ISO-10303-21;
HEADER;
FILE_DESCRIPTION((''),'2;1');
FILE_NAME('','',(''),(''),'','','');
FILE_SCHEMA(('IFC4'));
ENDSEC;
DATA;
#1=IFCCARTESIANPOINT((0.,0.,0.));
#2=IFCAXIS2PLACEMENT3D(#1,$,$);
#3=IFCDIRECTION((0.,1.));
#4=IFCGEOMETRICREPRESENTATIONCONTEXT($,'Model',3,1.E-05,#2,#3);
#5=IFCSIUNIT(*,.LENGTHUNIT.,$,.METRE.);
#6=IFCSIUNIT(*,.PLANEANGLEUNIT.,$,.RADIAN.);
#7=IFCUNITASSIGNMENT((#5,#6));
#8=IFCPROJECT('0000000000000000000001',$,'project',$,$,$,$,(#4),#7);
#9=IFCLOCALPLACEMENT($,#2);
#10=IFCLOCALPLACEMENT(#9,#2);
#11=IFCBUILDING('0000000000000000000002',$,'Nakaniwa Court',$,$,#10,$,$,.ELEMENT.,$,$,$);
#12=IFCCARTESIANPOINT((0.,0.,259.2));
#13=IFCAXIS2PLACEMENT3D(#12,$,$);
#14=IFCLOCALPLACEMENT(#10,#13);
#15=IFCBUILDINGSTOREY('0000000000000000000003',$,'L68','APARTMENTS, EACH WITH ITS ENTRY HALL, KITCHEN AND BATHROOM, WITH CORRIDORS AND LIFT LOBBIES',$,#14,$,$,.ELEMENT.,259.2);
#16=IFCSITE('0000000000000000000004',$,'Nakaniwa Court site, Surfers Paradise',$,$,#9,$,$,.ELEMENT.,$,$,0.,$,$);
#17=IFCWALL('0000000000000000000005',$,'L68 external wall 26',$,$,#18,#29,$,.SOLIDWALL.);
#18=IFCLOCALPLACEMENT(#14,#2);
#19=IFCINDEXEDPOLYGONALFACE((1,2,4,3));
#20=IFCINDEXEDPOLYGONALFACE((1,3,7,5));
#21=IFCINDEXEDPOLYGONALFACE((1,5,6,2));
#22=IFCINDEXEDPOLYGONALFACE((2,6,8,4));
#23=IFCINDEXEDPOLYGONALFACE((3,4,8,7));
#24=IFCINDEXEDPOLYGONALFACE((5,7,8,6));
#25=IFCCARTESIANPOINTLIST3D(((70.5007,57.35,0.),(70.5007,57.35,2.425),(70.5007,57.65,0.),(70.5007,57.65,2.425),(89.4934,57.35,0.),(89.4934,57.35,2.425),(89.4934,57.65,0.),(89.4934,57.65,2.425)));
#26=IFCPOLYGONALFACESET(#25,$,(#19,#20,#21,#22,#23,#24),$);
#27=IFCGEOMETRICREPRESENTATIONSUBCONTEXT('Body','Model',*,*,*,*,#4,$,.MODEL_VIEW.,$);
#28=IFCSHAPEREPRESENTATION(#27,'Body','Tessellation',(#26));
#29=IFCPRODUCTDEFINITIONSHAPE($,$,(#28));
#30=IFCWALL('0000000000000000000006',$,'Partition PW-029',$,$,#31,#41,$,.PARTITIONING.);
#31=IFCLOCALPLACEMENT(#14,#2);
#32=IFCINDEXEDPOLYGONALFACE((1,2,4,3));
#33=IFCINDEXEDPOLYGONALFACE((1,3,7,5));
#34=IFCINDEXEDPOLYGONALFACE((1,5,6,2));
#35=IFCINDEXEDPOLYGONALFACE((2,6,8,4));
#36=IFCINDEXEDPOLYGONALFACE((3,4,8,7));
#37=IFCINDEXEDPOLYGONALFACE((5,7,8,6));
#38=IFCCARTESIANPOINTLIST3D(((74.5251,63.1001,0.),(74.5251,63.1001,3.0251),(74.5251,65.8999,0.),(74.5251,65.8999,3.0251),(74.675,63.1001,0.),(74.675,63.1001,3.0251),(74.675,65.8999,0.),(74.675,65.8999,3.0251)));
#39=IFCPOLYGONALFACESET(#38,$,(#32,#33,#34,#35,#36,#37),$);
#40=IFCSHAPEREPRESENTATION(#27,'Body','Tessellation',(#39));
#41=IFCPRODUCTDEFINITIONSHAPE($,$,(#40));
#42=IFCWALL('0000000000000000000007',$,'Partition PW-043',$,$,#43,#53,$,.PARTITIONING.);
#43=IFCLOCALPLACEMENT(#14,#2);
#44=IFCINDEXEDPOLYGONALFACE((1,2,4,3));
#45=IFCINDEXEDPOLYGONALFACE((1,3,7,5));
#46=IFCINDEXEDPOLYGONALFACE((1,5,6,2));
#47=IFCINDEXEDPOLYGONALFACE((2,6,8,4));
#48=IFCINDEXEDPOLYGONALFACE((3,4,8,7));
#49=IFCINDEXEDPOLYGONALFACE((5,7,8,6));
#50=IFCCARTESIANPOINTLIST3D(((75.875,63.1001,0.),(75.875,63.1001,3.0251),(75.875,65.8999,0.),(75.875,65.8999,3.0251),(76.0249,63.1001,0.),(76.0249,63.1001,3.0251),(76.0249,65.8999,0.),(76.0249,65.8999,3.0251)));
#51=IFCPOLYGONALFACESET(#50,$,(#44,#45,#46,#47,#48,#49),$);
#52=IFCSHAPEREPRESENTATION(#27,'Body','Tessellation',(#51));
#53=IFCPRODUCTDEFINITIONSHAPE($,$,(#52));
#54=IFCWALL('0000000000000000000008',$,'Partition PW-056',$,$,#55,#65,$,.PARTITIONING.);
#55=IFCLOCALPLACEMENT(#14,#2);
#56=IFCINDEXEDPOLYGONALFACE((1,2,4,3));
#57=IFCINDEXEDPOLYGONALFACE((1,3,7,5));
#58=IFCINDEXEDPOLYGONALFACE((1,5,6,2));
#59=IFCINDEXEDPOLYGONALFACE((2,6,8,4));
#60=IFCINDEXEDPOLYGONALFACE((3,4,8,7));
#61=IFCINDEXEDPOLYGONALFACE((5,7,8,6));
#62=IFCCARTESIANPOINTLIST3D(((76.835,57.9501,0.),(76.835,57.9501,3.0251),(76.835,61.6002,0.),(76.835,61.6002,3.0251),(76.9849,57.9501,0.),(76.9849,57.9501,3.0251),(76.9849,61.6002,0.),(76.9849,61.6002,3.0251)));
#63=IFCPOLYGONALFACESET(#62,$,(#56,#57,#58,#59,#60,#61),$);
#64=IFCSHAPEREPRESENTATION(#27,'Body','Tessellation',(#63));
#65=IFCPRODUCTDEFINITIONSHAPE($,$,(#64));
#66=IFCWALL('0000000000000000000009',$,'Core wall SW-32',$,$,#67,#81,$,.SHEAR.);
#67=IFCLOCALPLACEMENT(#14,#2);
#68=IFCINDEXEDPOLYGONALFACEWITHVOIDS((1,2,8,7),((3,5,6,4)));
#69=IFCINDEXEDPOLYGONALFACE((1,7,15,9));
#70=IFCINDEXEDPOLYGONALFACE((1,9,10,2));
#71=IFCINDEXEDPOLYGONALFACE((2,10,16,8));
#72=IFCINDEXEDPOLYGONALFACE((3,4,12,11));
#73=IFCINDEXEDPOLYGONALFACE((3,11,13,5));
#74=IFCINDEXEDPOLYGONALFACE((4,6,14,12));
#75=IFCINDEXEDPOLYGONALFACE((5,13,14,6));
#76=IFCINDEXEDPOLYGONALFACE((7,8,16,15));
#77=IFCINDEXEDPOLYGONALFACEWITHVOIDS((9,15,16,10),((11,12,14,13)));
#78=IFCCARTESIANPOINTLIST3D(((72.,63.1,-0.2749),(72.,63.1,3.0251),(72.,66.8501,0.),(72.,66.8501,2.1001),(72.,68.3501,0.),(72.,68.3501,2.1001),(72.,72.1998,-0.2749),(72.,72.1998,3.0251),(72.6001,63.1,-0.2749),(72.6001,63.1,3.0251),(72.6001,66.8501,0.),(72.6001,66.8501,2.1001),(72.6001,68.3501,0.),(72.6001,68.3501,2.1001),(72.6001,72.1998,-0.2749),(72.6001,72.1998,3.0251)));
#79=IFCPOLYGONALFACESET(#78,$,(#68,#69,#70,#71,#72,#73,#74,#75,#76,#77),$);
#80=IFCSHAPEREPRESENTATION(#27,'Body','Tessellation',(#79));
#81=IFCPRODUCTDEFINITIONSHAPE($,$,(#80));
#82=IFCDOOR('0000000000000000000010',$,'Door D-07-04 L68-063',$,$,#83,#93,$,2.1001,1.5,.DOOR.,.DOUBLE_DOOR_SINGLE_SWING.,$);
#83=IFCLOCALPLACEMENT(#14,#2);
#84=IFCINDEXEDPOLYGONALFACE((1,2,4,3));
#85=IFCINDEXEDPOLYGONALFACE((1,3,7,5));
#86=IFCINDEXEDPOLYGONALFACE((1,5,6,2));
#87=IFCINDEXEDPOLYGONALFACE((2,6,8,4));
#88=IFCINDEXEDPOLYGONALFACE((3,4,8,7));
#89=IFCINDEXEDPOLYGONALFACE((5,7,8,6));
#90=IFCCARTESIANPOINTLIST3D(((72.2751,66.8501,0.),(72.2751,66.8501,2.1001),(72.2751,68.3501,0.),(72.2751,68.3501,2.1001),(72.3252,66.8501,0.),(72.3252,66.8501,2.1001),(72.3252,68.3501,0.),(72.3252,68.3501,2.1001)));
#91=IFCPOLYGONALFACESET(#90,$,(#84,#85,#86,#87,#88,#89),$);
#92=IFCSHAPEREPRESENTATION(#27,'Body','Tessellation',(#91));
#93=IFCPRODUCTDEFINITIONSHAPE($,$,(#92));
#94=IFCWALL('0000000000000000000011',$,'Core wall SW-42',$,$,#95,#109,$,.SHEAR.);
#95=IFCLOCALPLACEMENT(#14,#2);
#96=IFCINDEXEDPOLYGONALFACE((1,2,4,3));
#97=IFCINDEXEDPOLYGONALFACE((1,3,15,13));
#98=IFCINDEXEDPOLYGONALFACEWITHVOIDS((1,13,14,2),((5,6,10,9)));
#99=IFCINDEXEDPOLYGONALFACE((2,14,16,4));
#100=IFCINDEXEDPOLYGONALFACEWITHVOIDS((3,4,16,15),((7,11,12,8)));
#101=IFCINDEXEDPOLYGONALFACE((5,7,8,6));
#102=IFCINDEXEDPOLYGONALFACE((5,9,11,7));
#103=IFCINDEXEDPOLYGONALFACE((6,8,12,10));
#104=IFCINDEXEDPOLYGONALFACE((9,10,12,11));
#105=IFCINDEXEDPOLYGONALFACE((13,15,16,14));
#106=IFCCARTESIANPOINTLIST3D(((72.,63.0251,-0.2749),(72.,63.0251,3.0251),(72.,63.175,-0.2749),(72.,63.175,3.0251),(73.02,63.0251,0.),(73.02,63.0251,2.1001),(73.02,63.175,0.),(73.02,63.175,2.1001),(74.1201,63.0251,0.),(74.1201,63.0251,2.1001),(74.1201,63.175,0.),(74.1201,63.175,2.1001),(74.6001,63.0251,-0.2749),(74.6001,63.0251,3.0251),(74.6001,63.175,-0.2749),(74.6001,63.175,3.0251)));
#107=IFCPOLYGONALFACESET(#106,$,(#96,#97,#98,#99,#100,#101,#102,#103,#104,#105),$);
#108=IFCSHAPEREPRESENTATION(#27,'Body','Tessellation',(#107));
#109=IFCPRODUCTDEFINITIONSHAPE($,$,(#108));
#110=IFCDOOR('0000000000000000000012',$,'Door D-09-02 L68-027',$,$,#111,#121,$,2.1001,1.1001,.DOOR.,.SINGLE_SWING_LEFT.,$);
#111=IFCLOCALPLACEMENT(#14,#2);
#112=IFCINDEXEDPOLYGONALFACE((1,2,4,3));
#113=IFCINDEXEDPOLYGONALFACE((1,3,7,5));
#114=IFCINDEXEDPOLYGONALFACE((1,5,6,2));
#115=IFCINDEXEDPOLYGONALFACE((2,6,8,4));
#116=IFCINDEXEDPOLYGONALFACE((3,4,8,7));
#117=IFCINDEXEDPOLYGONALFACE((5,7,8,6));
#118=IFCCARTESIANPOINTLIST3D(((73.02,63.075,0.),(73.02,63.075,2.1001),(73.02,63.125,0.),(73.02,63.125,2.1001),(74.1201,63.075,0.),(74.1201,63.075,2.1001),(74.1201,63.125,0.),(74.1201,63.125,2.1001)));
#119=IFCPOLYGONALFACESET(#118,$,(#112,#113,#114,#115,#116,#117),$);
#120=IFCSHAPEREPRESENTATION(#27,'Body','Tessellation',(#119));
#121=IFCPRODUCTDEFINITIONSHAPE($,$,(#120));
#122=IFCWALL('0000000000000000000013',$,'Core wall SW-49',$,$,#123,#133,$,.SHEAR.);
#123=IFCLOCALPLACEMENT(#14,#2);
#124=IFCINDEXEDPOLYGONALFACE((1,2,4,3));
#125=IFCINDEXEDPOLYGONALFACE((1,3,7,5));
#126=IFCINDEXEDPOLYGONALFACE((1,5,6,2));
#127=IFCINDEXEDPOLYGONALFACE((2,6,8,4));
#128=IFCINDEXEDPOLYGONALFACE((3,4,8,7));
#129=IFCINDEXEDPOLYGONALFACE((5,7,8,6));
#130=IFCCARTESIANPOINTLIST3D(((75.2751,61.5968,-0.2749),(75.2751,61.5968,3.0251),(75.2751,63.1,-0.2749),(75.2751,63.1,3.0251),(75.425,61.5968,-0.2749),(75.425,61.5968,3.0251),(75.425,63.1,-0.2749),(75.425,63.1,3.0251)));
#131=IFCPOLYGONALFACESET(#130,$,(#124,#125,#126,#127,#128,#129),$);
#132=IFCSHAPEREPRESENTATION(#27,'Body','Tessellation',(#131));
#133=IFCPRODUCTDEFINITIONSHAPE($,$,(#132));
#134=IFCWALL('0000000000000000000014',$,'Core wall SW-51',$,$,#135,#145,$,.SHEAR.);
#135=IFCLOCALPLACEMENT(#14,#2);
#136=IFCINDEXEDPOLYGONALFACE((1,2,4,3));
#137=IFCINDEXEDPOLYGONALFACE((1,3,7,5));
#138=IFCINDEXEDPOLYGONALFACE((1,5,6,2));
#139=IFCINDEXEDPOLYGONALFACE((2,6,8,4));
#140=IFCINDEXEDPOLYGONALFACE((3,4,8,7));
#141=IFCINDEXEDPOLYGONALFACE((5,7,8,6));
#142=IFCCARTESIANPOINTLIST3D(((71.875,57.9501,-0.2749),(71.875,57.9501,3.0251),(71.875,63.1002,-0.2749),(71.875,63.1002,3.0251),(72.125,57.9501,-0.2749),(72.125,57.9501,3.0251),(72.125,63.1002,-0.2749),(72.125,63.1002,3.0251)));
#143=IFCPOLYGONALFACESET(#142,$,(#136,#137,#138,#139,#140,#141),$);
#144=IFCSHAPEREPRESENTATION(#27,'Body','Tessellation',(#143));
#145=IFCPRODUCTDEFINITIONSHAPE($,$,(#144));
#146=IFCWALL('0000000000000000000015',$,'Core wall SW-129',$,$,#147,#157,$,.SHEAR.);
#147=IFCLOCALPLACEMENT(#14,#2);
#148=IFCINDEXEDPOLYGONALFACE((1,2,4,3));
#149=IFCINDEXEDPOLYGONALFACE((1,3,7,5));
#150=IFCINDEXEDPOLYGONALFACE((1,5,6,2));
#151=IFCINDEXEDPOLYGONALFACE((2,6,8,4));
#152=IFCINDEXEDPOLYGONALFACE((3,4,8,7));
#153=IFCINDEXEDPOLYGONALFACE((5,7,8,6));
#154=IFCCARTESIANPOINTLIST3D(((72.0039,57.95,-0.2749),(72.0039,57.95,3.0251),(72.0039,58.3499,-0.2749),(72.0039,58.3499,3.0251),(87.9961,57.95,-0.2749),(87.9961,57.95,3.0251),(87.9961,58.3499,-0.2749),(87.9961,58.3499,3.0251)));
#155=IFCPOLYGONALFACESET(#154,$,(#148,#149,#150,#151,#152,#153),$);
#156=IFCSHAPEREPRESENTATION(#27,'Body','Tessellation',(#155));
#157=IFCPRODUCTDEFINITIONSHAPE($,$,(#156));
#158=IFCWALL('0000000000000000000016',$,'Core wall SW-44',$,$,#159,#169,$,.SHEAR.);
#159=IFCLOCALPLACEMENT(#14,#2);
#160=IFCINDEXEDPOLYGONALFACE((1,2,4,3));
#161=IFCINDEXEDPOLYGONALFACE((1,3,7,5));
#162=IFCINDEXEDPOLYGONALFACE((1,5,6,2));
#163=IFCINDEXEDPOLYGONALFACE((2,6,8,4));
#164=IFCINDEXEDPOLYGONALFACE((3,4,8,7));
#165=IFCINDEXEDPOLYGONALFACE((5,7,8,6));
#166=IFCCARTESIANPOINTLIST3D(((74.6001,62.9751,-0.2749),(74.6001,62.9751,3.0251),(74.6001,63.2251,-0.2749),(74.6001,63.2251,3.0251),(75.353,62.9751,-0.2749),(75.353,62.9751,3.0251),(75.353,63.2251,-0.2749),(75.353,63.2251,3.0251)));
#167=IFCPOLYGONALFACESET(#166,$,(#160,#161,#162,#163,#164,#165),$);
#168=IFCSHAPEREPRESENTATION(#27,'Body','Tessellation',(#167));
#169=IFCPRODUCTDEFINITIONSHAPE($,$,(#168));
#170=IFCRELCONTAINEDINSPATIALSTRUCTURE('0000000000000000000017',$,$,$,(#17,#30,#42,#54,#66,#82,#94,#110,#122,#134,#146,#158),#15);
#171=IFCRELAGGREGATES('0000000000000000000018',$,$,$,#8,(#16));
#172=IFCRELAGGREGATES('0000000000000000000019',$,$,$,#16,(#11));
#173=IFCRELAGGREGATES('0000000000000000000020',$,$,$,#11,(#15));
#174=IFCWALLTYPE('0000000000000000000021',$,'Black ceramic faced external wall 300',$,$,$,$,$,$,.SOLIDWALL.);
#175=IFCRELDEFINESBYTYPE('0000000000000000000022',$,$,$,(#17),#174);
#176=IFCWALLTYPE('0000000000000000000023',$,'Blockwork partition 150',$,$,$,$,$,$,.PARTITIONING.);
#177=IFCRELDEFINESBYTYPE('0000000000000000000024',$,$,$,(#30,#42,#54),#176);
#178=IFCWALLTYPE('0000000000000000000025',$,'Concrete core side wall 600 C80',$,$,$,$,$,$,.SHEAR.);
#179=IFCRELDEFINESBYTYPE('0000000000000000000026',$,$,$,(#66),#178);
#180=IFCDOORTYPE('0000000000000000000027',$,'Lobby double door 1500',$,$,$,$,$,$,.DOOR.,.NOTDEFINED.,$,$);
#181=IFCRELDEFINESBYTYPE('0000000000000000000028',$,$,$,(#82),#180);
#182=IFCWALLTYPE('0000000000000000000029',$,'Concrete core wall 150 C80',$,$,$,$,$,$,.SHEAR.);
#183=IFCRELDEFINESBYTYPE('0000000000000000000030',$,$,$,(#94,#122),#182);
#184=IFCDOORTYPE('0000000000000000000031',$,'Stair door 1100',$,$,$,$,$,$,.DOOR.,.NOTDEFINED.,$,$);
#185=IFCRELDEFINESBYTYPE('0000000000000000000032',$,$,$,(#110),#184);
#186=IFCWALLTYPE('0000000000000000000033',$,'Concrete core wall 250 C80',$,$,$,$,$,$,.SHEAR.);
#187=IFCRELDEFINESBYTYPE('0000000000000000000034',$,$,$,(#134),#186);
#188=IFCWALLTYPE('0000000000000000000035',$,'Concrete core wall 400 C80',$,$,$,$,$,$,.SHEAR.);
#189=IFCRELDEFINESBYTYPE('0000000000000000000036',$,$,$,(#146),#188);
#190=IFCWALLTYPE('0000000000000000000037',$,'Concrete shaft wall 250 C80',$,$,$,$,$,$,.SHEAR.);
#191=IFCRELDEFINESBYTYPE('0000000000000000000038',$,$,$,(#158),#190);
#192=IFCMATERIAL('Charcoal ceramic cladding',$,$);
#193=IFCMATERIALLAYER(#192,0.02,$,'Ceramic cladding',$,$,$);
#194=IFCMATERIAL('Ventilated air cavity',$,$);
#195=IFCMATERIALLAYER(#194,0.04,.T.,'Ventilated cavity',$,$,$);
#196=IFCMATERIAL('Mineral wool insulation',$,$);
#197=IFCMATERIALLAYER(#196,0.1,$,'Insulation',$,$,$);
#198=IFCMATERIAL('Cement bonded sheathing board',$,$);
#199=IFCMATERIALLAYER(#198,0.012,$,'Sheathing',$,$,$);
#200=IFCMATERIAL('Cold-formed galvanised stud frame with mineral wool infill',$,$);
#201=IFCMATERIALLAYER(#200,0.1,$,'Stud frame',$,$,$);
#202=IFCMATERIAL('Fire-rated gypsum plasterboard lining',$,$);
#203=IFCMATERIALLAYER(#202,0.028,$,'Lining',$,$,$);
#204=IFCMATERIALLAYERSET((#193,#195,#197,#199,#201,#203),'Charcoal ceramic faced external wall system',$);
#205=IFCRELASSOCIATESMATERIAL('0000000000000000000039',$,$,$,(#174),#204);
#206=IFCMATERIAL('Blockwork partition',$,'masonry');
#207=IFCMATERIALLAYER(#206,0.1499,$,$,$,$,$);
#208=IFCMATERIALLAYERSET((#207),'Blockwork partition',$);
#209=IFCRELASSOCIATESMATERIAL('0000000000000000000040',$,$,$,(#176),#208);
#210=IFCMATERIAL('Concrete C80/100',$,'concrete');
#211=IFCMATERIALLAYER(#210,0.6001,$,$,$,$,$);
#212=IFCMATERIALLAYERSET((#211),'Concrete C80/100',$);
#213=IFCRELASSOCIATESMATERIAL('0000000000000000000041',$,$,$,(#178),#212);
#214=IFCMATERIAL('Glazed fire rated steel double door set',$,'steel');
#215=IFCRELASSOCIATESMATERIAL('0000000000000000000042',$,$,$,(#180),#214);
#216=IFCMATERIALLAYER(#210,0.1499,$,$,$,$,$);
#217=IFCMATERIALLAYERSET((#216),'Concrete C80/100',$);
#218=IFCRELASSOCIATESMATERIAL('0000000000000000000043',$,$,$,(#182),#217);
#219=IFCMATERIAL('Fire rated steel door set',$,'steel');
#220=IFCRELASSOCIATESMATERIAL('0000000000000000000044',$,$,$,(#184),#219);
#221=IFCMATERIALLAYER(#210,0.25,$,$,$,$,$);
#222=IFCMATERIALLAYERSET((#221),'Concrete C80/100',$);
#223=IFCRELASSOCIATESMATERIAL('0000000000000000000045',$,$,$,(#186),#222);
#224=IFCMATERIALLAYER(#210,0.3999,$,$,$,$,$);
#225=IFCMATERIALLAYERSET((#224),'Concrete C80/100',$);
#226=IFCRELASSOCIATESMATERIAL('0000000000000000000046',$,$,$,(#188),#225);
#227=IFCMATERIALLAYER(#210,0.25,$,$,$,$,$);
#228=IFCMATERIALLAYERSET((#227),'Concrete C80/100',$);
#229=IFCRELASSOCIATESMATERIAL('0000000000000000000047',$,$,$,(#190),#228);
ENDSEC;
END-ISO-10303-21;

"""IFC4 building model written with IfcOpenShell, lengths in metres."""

from ifc_helpers import new_model, si_unit, direction, frame, frame_2d, origin, place, context, subcontext, project, spatial, rectangle, extrude, material, layer, layer_set, type_object, element, fill, save


model = new_model("IFC4")

# Units and contexts
model_context = context("Model", 3, precision=1e-05, world=origin(), true_north=direction((0.0, 1.0)))
body_context = subcontext(model_context, "Body", "Model", "MODEL_VIEW")
ifc_project = project(units=[si_unit("LENGTHUNIT", "METRE"), si_unit("PLANEANGLEUNIT", "RADIAN")], contexts=[model_context])

# Site, building, storey
site_placement = place(None, origin())
site = spatial("IfcSite", under=ifc_project, at=site_placement, Name="Nakaniwa Court site, Surfers Paradise", CompositionType="ELEMENT", RefElevation=0.0)
building_placement = place(site_placement, origin())
building = spatial("IfcBuilding", under=site, at=building_placement, Name="Nakaniwa Court", CompositionType="ELEMENT")
storey_placement = place(building_placement, frame((0.0, 0.0, 259.2)))
storey = spatial("IfcBuildingStorey", under=building, at=storey_placement, Name="L68", Description="APARTMENTS, EACH WITH ITS ENTRY HALL, KITCHEN AND BATHROOM, WITH CORRIDORS AND LIFT LOBBIES", CompositionType="ELEMENT", Elevation=259.2)

# Walls
ifc_material_1 = material(Name="Charcoal ceramic cladding")
ifc_layer_1 = layer(ifc_material_1, 0.02, Name="Ceramic cladding")
ifc_material_2 = material(Name="Ventilated air cavity")
ifc_layer_2 = layer(ifc_material_2, 0.04, ventilated=True, Name="Ventilated cavity")
ifc_material_3 = material(Name="Mineral wool insulation")
ifc_layer_3 = layer(ifc_material_3, 0.1, Name="Insulation")
ifc_material_4 = material(Name="Cement bonded sheathing board")
ifc_layer_4 = layer(ifc_material_4, 0.012, Name="Sheathing")
ifc_material_5 = material(Name="Cold-formed galvanised stud frame with mineral wool infill")
ifc_layer_5 = layer(ifc_material_5, 0.1, Name="Stud frame")
ifc_material_6 = material(Name="Fire-rated gypsum plasterboard lining")
ifc_layer_6 = layer(ifc_material_6, 0.028, Name="Lining")
ifc_layer_set_1 = layer_set([ifc_layer_1, ifc_layer_2, ifc_layer_3, ifc_layer_4, ifc_layer_5, ifc_layer_6], Name="Charcoal ceramic faced external wall system")
wall_type_1 = type_object("IfcWallType", Name="Black ceramic faced external wall 300", PredefinedType="SOLIDWALL", material=ifc_layer_set_1)
wall_1_placement = place(storey_placement, frame((70.5007, 57.5, 0.0), z_axis=(0.0, 0.0, 1.0), x_axis=(1.0, 0.0, 0.0)))
element("IfcWall", 1, at=wall_1_placement, inside=storey, type_object=wall_type_1, Name="L68 external wall 26", PredefinedType="SOLIDWALL", context=body_context, shape_type="SweptSolid", body=[
    extrude(rectangle(XDim=18.9927, YDim=0.3, at=frame_2d((9.4963, 0.0))), origin(), (0.0, 0.0, 1.0), 2.425),
])
ifc_material_7 = material(Name="Blockwork partition", Category="masonry")
ifc_layer_7 = layer(ifc_material_7, 0.1499)
ifc_layer_set_2 = layer_set([ifc_layer_7], Name="Blockwork partition")
wall_type_2 = type_object("IfcWallType", Name="Blockwork partition 150", PredefinedType="PARTITIONING", material=ifc_layer_set_2)
for number, where, z_axis, x_axis, name in (
    (2, (74.6001, 63.1001, 0.0), (0.0, 0.0, 1.0), (0.0, 1.0, 0.0), "Partition PW-029"),
    (3, (75.95, 63.1001, 0.0), (0.0, 0.0, 1.0), (0.0, 1.0, 0.0), "Partition PW-043"),
):
    element("IfcWall", number, at=place(storey_placement, frame(where, z_axis=z_axis, x_axis=x_axis)), inside=storey, type_object=wall_type_2, Name=name, PredefinedType="PARTITIONING", context=body_context, shape_type="SweptSolid", body=[
        extrude(rectangle(XDim=2.7998, YDim=0.1499, at=frame_2d((1.3999, 0.0))), origin(), (0.0, 0.0, 1.0), 3.0251),
    ])
wall_2_placement = place(storey_placement, frame((76.9099, 57.95, 0.0), z_axis=(0.0, 0.0, 1.0), x_axis=(0.0, 1.0, 0.0)))
element("IfcWall", 4, at=wall_2_placement, inside=storey, type_object=wall_type_2, Name="Partition PW-056", PredefinedType="PARTITIONING", context=body_context, shape_type="SweptSolid", body=[
    extrude(rectangle(XDim=3.6501, YDim=0.1499, at=frame_2d((1.8252, 0.0))), origin(), (0.0, 0.0, 1.0), 3.0251),
])

# Walls, openings, doors
ifc_material_8 = material(Name="Concrete C80/100", Category="concrete")
ifc_layer_8 = layer(ifc_material_8, 0.6001)
ifc_layer_set_3 = layer_set([ifc_layer_8], Name="Concrete C80/100")
wall_type_3 = type_object("IfcWallType", Name="Concrete core side wall 600 C80", PredefinedType="SHEAR", material=ifc_layer_set_3)
wall_3_placement = place(storey_placement, frame((72.3, 63.1001, -0.2749), z_axis=(0.0, 0.0, 1.0), x_axis=(0.0, 1.0, 0.0)))
wall_3 = element("IfcWall", 5, at=wall_3_placement, inside=storey, type_object=wall_type_3, Name="Core wall SW-32", PredefinedType="SHEAR", context=body_context, shape_type="SweptSolid", body=[
    extrude(rectangle(XDim=9.0999, YDim=0.6001, at=frame_2d((4.5498, 0.0))), origin(), (0.0, 0.0, 1.0), 3.3),
])
opening_1_placement = place(wall_3_placement, frame((3.75, 0.0, 0.2749)))
opening_1 = element("IfcOpeningElement", 6, at=opening_1_placement, cuts=wall_3, PredefinedType="OPENING", context=body_context, shape_type="SweptSolid", body=[
    extrude(rectangle(XDim=1.5, YDim=2.1001, at=frame_2d((0.75, 1.05))), frame((0.0, 0.3101, 0.0), z_axis=(0.0, -1.0, 0.0), x_axis=(1.0, 0.0, 0.0)), (0.0, 0.0, 1.0), 0.6201),
])
ifc_material_9 = material(Name="Glazed fire rated steel double door set", Category="steel")
door_type_1 = type_object("IfcDoorType", Name="Lobby double door 1500", OperationType="NOTDEFINED", PredefinedType="DOOR", material=ifc_material_9)
door_1_placement = place(opening_1_placement, origin())
door_1 = element("IfcDoor", 7, at=door_1_placement, inside=storey, type_object=door_type_1, Name="Door D-07-04 L68-063", OperationType="DOUBLE_DOOR_SINGLE_SWING", OverallHeight=2.1001, OverallWidth=1.5, PredefinedType="DOOR", context=body_context, shape_type="SweptSolid", body=[
    extrude(rectangle(XDim=1.5, YDim=2.1001, at=frame_2d((0.75, 1.05))), frame((0.0, 0.0249, 0.0), z_axis=(0.0, -1.0, 0.0), x_axis=(1.0, 0.0, 0.0)), (0.0, 0.0, 1.0), 0.05),
])
fill(opening_1, door_1)
ifc_layer_9 = layer(ifc_material_8, 0.1499)
ifc_layer_set_4 = layer_set([ifc_layer_9], Name="Concrete C80/100")
wall_type_4 = type_object("IfcWallType", Name="Concrete core wall 150 C80", PredefinedType="SHEAR", material=ifc_layer_set_4)
wall_4_placement = place(storey_placement, frame((72.0, 63.1001, -0.2749), z_axis=(0.0, 0.0, 1.0), x_axis=(1.0, 0.0, 0.0)))
wall_4 = element("IfcWall", 8, at=wall_4_placement, inside=storey, type_object=wall_type_4, Name="Core wall SW-42", PredefinedType="SHEAR", context=body_context, shape_type="SweptSolid", body=[
    extrude(rectangle(XDim=2.6001, YDim=0.1499, at=frame_2d((1.3, 0.0))), origin(), (0.0, 0.0, 1.0), 3.3),
])
opening_2_placement = place(wall_4_placement, frame((1.02, 0.0, 0.2749)))
opening_2 = element("IfcOpeningElement", 9, at=opening_2_placement, cuts=wall_4, PredefinedType="OPENING", context=body_context, shape_type="SweptSolid", body=[
    extrude(rectangle(XDim=1.1001, YDim=2.1001, at=frame_2d((0.55, 1.05))), frame((0.0, 0.085, 0.0), z_axis=(0.0, -1.0, 0.0), x_axis=(1.0, 0.0, 0.0)), (0.0, 0.0, 1.0), 0.1699),
])
ifc_material_10 = material(Name="Fire rated steel door set", Category="steel")
door_type_2 = type_object("IfcDoorType", Name="Stair door 1100", OperationType="NOTDEFINED", PredefinedType="DOOR", material=ifc_material_10)
door_2_placement = place(opening_2_placement, origin())
door_2 = element("IfcDoor", 10, at=door_2_placement, inside=storey, type_object=door_type_2, Name="Door D-09-02 L68-027", OperationType="SINGLE_SWING_LEFT", OverallHeight=2.1001, OverallWidth=1.1001, PredefinedType="DOOR", context=body_context, shape_type="SweptSolid", body=[
    extrude(rectangle(XDim=1.1001, YDim=2.1001, at=frame_2d((0.55, 1.05))), frame((0.0, 0.0249, 0.0), z_axis=(0.0, -1.0, 0.0), x_axis=(1.0, 0.0, 0.0)), (0.0, 0.0, 1.0), 0.05),
])
fill(opening_2, door_2)

# Walls
wall_5_placement = place(storey_placement, frame((75.3501, 61.5969, -0.2749), z_axis=(0.0, 0.0, 1.0), x_axis=(0.0, 1.0, 0.0)))
element("IfcWall", 11, at=wall_5_placement, inside=storey, type_object=wall_type_4, Name="Core wall SW-49", PredefinedType="SHEAR", context=body_context, shape_type="SweptSolid", body=[
    extrude(rectangle(XDim=1.5032, YDim=0.1499, at=frame_2d((0.7515, 0.0))), origin(), (0.0, 0.0, 1.0), 3.3),
])
ifc_layer_10 = layer(ifc_material_8, 0.25)
ifc_layer_set_5 = layer_set([ifc_layer_10], Name="Concrete C80/100")
wall_type_5 = type_object("IfcWallType", Name="Concrete core wall 250 C80", PredefinedType="SHEAR", material=ifc_layer_set_5)
wall_6_placement = place(storey_placement, frame((72.0, 57.95, -0.2749), z_axis=(0.0, 0.0, 1.0), x_axis=(0.0, 1.0, 0.0)))
element("IfcWall", 12, at=wall_6_placement, inside=storey, type_object=wall_type_5, Name="Core wall SW-51", PredefinedType="SHEAR", context=body_context, shape_type="SweptSolid", body=[
    extrude(rectangle(XDim=5.1501, YDim=0.25, at=frame_2d((2.5752, 0.0))), origin(), (0.0, 0.0, 1.0), 3.3),
])
ifc_layer_11 = layer(ifc_material_8, 0.3999)
ifc_layer_set_6 = layer_set([ifc_layer_11], Name="Concrete C80/100")
wall_type_6 = type_object("IfcWallType", Name="Concrete core wall 400 C80", PredefinedType="SHEAR", material=ifc_layer_set_6)
wall_7_placement = place(storey_placement, frame((72.0039, 58.1499, -0.2749), z_axis=(0.0, 0.0, 1.0), x_axis=(1.0, 0.0, 0.0)))
element("IfcWall", 13, at=wall_7_placement, inside=storey, type_object=wall_type_6, Name="Core wall SW-129", PredefinedType="SHEAR", context=body_context, shape_type="SweptSolid", body=[
    extrude(rectangle(XDim=15.9922, YDim=0.3999, at=frame_2d((7.9961, 0.0))), origin(), (0.0, 0.0, 1.0), 3.3),
])
ifc_layer_12 = layer(ifc_material_8, 0.25)
ifc_layer_set_7 = layer_set([ifc_layer_12], Name="Concrete C80/100")
wall_type_7 = type_object("IfcWallType", Name="Concrete shaft wall 250 C80", PredefinedType="SHEAR", material=ifc_layer_set_7)
wall_8_placement = place(storey_placement, frame((74.6001, 63.1001, -0.2749), z_axis=(0.0, 0.0, 1.0), x_axis=(1.0, 0.0, 0.0)))
element("IfcWall", 14, at=wall_8_placement, inside=storey, type_object=wall_type_7, Name="Core wall SW-44", PredefinedType="SHEAR", context=body_context, shape_type="SweptSolid", body=[
    extrude(rectangle(XDim=0.7529, YDim=0.25, at=frame_2d((0.3765, 0.0))), origin(), (0.0, 0.0, 1.0), 3.3),
])

save(model, "model.ifc")
